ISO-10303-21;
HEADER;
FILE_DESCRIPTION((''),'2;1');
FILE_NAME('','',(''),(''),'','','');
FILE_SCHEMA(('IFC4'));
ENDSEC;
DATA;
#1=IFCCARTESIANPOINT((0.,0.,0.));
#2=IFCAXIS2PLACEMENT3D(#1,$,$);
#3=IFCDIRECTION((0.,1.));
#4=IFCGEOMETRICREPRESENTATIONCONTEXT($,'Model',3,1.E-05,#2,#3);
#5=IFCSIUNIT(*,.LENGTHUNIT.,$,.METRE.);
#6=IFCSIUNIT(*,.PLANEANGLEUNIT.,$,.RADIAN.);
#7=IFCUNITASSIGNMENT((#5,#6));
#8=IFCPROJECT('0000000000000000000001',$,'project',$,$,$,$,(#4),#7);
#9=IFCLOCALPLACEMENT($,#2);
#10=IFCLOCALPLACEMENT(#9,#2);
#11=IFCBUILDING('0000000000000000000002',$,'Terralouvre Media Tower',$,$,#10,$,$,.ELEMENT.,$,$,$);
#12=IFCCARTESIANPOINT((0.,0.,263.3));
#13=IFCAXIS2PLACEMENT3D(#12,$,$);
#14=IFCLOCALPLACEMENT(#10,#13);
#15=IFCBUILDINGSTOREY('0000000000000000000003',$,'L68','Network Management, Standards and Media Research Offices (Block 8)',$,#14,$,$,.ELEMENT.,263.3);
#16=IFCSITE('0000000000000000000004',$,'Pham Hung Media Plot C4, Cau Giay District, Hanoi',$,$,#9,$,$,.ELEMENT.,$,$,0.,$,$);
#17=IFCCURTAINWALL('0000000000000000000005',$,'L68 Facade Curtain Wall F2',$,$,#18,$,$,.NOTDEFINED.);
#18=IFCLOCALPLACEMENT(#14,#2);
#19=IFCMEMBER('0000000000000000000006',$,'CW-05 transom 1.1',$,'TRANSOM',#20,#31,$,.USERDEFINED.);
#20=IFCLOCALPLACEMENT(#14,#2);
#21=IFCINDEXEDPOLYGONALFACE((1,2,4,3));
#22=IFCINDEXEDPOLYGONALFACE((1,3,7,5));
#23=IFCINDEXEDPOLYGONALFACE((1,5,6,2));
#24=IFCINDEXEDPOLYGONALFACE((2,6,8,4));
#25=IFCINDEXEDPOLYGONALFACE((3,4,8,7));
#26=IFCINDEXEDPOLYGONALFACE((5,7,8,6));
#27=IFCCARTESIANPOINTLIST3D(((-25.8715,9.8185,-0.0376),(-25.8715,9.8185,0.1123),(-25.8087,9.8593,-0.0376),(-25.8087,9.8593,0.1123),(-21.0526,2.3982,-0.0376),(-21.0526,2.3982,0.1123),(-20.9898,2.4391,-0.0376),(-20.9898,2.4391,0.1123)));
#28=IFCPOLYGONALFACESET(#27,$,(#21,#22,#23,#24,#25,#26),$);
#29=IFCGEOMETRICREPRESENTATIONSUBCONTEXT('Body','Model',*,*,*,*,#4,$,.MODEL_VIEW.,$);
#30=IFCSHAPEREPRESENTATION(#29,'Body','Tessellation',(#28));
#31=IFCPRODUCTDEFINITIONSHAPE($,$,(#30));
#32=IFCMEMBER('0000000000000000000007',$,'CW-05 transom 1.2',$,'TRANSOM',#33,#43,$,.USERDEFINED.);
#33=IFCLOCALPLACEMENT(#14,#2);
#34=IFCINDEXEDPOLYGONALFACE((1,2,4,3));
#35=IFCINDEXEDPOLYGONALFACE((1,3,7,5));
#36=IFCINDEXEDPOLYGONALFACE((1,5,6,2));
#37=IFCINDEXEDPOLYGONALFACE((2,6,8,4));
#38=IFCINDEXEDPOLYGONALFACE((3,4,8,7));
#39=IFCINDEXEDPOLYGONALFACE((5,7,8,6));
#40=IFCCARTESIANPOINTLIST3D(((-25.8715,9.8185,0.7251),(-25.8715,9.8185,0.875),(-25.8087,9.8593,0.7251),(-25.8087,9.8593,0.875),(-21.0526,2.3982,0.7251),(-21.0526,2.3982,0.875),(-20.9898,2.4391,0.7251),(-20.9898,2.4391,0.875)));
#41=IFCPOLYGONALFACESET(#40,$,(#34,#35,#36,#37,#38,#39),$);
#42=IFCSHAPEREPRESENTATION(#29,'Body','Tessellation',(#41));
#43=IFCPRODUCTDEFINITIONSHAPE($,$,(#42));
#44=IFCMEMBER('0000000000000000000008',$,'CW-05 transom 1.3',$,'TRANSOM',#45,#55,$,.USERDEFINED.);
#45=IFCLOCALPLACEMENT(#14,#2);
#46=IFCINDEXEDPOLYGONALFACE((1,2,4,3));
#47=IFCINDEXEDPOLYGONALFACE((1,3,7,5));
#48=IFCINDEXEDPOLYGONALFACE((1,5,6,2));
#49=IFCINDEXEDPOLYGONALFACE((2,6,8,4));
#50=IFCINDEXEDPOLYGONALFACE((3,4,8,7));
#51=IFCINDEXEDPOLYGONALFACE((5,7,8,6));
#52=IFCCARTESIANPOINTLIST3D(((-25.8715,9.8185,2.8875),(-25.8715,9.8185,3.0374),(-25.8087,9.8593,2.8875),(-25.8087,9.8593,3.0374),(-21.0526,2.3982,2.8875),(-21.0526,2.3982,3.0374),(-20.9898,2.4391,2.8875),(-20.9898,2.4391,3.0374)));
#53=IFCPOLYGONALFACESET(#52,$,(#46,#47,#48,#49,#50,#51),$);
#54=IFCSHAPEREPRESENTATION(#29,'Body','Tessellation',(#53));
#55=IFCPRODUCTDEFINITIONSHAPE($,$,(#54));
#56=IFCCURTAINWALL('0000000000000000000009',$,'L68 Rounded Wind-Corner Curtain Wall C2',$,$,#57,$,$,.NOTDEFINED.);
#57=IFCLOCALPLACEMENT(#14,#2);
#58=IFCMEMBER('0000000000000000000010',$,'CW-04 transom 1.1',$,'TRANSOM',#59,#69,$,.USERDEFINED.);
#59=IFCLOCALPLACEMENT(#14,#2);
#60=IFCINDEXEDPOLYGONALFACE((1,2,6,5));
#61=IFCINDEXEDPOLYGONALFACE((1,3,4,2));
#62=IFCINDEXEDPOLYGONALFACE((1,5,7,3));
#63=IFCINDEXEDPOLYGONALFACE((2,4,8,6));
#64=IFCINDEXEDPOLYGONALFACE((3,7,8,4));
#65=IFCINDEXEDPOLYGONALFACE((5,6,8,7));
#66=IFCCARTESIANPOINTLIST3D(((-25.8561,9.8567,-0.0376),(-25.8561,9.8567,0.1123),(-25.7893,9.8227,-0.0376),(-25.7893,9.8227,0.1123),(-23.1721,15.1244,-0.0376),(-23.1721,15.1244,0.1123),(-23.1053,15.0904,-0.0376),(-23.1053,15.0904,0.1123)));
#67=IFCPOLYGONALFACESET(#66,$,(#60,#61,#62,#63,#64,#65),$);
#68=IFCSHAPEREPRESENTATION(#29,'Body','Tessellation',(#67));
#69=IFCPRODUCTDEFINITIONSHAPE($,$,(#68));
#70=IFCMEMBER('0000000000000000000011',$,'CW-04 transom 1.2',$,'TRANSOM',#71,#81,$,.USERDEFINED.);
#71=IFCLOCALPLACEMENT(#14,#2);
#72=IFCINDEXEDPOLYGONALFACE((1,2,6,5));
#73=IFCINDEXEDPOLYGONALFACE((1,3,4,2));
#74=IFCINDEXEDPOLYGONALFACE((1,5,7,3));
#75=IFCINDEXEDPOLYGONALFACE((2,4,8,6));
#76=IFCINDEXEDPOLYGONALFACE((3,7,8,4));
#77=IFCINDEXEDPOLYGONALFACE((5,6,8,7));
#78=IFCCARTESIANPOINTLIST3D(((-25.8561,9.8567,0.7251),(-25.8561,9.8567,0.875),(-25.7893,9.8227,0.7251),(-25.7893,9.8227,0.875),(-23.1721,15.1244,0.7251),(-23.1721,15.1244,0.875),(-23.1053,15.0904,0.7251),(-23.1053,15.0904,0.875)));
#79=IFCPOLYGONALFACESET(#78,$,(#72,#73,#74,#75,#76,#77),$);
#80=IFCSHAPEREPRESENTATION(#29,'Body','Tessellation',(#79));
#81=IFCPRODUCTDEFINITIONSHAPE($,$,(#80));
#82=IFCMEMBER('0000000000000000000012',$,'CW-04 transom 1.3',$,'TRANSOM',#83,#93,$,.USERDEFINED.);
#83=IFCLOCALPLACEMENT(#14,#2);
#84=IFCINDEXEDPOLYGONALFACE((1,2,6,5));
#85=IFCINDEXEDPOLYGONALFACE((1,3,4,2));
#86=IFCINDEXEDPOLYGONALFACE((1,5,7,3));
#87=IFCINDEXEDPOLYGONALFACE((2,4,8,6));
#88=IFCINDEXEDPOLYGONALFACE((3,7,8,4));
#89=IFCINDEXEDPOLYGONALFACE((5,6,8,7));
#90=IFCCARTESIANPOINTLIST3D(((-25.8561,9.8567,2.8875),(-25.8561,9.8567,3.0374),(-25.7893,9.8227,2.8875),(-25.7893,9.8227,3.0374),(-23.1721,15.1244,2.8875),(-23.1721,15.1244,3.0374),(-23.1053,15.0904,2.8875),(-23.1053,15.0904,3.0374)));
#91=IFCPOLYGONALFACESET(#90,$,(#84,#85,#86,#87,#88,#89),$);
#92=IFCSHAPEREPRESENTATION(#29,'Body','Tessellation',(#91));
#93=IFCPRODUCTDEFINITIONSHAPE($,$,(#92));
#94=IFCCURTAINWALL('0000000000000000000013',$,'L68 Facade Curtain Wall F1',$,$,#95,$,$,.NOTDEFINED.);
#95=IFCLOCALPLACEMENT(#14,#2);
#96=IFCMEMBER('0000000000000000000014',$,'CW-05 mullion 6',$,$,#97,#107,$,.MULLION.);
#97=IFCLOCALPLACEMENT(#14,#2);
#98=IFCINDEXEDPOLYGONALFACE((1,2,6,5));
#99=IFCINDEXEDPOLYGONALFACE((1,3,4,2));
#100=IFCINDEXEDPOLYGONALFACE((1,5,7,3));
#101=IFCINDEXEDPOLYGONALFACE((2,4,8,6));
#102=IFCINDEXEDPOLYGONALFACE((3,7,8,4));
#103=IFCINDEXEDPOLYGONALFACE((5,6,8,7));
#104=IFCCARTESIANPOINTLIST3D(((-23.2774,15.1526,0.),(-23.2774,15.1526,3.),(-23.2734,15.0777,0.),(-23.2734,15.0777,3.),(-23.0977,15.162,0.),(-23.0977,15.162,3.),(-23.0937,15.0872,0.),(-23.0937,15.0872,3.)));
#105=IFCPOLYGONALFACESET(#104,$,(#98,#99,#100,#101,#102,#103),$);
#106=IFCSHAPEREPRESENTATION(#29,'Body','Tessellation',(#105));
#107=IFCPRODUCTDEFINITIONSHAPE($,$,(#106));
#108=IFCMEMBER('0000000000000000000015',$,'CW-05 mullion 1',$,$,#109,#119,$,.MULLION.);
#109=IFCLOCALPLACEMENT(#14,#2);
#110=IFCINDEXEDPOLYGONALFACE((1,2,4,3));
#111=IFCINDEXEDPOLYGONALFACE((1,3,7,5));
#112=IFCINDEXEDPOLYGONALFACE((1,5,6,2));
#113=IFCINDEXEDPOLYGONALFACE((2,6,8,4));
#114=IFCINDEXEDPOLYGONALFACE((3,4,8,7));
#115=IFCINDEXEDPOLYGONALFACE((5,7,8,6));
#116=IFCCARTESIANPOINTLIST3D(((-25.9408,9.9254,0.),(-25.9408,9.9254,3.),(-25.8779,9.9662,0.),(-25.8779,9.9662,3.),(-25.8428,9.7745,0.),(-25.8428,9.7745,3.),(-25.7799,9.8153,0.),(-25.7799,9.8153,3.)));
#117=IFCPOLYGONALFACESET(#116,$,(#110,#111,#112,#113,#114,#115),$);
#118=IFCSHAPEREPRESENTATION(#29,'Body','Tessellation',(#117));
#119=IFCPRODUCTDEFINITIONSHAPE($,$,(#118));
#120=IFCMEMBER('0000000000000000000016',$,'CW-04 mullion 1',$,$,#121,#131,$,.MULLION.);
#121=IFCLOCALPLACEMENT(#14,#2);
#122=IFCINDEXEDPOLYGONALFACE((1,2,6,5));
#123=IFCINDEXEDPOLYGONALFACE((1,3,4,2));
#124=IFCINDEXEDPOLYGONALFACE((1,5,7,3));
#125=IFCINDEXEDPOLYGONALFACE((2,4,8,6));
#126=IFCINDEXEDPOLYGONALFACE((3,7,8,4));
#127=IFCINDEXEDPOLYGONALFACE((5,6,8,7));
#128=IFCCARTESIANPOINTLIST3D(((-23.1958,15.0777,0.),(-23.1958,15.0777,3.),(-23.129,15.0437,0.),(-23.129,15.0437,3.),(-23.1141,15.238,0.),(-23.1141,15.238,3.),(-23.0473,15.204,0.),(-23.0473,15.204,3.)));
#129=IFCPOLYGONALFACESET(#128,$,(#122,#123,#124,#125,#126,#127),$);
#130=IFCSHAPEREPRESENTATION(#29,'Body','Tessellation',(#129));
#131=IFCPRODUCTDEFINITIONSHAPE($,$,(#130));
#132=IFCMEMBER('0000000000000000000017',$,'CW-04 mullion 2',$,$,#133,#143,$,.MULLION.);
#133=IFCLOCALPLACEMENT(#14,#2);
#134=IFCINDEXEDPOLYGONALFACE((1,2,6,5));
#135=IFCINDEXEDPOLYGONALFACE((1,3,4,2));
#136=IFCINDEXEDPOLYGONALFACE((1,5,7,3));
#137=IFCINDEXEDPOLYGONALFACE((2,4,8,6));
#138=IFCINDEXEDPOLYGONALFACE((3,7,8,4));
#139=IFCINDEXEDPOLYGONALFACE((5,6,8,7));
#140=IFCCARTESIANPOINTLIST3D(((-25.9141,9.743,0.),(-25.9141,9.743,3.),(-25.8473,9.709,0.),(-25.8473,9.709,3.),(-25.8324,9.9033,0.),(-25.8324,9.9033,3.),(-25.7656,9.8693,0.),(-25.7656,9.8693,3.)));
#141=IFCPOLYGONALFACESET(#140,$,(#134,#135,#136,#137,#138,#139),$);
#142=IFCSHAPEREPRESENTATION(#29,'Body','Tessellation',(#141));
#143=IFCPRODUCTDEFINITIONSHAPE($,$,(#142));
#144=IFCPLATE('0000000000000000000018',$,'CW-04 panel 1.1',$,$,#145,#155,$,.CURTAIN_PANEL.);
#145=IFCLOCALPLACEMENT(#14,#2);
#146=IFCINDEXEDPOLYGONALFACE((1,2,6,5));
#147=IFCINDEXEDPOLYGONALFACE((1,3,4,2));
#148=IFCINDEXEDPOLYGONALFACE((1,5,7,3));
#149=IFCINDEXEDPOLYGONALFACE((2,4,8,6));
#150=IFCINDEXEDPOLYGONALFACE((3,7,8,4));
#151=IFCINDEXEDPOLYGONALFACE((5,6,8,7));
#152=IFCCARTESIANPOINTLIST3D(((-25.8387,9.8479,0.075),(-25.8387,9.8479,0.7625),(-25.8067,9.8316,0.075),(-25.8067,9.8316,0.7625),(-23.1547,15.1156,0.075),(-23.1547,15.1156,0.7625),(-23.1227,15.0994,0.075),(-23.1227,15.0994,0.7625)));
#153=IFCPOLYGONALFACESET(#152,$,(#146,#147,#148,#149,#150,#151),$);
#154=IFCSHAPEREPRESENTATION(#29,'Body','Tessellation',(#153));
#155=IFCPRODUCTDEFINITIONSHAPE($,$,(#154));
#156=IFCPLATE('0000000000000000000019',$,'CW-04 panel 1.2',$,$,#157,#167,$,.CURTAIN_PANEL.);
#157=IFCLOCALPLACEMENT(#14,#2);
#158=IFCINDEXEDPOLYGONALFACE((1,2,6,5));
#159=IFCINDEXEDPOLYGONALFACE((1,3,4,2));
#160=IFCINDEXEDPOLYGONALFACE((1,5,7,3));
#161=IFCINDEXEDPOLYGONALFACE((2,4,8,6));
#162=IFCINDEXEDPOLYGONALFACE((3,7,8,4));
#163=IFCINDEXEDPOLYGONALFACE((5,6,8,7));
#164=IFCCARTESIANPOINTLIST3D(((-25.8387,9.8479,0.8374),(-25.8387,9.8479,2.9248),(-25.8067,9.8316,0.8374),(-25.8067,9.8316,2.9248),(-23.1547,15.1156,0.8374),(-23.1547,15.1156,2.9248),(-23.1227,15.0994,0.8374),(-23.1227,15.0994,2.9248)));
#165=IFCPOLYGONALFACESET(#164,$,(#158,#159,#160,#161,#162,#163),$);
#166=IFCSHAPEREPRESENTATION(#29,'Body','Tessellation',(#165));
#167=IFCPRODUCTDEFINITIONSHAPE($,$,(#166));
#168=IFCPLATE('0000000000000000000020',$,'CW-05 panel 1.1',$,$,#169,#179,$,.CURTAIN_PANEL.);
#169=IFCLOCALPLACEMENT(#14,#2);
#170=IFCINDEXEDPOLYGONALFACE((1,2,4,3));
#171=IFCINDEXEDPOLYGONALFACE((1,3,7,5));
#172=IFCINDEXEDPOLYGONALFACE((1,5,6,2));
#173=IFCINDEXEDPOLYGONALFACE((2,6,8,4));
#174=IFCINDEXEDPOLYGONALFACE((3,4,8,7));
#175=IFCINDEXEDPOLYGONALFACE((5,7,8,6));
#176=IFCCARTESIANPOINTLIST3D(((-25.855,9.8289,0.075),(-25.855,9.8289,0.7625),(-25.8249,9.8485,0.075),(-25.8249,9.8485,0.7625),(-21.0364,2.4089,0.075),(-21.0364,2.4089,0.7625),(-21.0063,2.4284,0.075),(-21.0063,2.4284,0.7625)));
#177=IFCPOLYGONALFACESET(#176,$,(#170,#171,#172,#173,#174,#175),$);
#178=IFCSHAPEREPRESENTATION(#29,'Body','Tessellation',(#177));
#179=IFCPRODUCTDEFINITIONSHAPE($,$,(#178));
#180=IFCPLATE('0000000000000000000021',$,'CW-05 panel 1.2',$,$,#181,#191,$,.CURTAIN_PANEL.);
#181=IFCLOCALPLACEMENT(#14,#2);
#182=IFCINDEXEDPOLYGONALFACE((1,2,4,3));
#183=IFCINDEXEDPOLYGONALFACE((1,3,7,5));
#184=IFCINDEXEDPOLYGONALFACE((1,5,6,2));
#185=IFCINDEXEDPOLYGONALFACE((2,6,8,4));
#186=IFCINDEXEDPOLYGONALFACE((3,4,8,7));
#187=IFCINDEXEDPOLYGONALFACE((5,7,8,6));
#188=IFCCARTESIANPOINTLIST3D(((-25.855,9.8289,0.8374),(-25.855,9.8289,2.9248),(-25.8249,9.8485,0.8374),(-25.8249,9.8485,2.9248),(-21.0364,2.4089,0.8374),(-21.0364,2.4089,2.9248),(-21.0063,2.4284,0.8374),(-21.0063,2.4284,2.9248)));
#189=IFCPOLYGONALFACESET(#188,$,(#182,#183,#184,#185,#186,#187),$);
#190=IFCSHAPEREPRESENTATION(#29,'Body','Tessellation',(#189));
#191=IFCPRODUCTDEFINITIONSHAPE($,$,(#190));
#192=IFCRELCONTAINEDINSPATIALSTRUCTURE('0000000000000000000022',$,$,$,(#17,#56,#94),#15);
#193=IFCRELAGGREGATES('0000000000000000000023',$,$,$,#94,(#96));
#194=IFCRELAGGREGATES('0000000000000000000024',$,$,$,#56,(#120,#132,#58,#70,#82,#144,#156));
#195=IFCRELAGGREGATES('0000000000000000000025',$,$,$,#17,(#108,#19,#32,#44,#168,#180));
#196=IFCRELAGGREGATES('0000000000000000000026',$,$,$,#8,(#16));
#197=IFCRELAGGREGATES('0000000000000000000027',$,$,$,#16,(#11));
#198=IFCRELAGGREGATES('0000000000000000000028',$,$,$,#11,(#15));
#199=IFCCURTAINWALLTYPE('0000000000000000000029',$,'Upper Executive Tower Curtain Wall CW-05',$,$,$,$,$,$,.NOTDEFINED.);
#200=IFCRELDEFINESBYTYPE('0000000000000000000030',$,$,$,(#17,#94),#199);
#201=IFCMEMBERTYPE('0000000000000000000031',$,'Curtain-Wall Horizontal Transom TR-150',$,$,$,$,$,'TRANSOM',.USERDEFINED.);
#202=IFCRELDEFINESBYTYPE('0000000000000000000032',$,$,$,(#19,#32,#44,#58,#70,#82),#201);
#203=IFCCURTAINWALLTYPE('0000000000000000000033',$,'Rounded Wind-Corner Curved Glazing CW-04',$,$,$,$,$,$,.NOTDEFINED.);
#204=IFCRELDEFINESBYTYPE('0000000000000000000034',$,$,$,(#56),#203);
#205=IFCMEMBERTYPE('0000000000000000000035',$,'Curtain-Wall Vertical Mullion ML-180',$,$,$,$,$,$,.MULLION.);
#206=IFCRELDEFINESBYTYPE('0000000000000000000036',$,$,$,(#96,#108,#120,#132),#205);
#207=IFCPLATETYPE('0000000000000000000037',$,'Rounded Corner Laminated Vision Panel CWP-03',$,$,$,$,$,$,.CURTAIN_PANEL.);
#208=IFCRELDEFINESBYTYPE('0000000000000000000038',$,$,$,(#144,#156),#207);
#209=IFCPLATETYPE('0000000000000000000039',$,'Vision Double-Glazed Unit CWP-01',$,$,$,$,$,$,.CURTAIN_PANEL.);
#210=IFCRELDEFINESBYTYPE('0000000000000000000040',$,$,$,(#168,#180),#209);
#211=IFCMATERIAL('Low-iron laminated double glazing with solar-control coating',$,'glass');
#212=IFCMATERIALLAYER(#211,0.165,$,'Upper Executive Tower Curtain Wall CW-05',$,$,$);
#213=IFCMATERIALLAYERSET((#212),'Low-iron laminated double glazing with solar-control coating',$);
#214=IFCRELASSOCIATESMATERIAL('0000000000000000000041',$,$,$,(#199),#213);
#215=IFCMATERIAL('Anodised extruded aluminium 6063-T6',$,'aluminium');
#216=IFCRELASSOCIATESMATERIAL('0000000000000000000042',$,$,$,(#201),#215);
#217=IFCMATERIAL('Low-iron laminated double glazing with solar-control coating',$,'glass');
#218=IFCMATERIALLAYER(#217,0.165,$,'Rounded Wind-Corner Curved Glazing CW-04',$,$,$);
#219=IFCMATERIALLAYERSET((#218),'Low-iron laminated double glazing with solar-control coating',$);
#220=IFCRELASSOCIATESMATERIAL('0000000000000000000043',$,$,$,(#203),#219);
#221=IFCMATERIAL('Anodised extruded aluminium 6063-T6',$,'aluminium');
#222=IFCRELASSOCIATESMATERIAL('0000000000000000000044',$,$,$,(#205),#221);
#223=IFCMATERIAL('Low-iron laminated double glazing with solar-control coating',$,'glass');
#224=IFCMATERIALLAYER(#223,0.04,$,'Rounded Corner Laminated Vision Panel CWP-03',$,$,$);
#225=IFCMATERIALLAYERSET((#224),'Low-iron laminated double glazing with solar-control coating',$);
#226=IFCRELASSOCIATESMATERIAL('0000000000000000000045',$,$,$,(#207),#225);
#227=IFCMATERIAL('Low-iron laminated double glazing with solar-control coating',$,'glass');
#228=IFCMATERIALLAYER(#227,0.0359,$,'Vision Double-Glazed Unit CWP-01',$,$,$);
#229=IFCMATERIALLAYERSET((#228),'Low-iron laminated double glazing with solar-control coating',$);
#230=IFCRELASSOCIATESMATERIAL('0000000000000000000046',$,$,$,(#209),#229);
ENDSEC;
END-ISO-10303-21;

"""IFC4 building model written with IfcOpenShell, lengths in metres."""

from ifc_helpers import new_model, si_unit, direction, frame, origin, origin_2d, place, context, subcontext, project, spatial, rectangle, extrude, material, layer, layer_set, material_profile, profile_set, type_object, element, aggregate, save


model = new_model("IFC4")

# Units and contexts
model_context = context("Model", 3, precision=1e-05, world=origin(), true_north=direction((0.0, 1.0)))
body_context = subcontext(model_context, "Body", "Model", "MODEL_VIEW")
ifc_project = project(units=[si_unit("LENGTHUNIT", "METRE"), si_unit("PLANEANGLEUNIT", "RADIAN")], contexts=[model_context])

# Site, building, storey
site_placement = place(None, origin())
site = spatial("IfcSite", under=ifc_project, at=site_placement, Name="Pham Hung Media Plot C4, Cau Giay District, Hanoi", CompositionType="ELEMENT", RefElevation=0.0)
building_placement = place(site_placement, origin())
building = spatial("IfcBuilding", under=site, at=building_placement, Name="Terralouvre Media Tower", CompositionType="ELEMENT")
storey_placement = place(building_placement, frame((0.0, 0.0, 263.3)))
storey = spatial("IfcBuildingStorey", under=building, at=storey_placement, Name="L68", Description="Network Management, Standards and Media Research Offices (Block 8)", CompositionType="ELEMENT", Elevation=263.3)

# Curtain walls, members
ifc_material_1 = material(Name="Low-iron laminated double glazing with solar-control coating", Category="glass")
ifc_layer_1 = layer(ifc_material_1, 0.165, Name="Upper Executive Tower Curtain Wall CW-05")
ifc_layer_set_1 = layer_set([ifc_layer_1], Name="Low-iron laminated double glazing with solar-control coating")
curtain_wall_type_1 = type_object("IfcCurtainWallType", Name="Upper Executive Tower Curtain Wall CW-05", PredefinedType="NOTDEFINED", material=ifc_layer_set_1)
curtain_wall_1_placement = place(storey_placement, origin())
curtain_wall_1 = element("IfcCurtainWall", 1, at=curtain_wall_1_placement, inside=storey, type_object=curtain_wall_type_1, Name="L68 Facade Curtain Wall F2", PredefinedType="NOTDEFINED")
ifc_material_2 = material(Name="Anodised extruded aluminium 6063-T6", Category="aluminium")
ifc_material_profile_1 = material_profile(ifc_material_2, rectangle(XDim=0.075, YDim=0.1499, at=origin_2d()), Name="ALU 75x150")
ifc_profile_set_1 = profile_set([ifc_material_profile_1], Name="Anodised extruded aluminium 6063-T6")
member_type_1 = type_object("IfcMemberType", Name="Curtain-Wall Horizontal Transom TR-150", ElementType="TRANSOM", PredefinedType="USERDEFINED", material=ifc_profile_set_1)
member_1_placement = place(storey_placement, frame((-25.8401, 9.8389, 0.0374), z_axis=(0.54465, -0.838664, 0.0), x_axis=(0.838664, 0.54465, 0.0)))
member_1 = element("IfcMember", 2, at=member_1_placement, type_object=member_type_1, Name="CW-05 transom 1.1", ObjectType="TRANSOM", PredefinedType="USERDEFINED", context=body_context, shape_type="SweptSolid", body=[
    extrude(rectangle(XDim=0.075, YDim=0.1499, at=origin_2d()), origin(), (0.0, 0.0, 1.0), 8.8477),
])
member_2_placement = place(storey_placement, frame((-25.8401, 9.8389, 0.8), z_axis=(0.54465, -0.838664, 0.0), x_axis=(0.838664, 0.54465, 0.0)))
member_2 = element("IfcMember", 3, at=member_2_placement, type_object=member_type_1, Name="CW-05 transom 1.2", ObjectType="TRANSOM", PredefinedType="USERDEFINED", context=body_context, shape_type="SweptSolid", body=[
    extrude(rectangle(XDim=0.075, YDim=0.1499, at=origin_2d()), origin(), (0.0, 0.0, 1.0), 8.8477),
])
member_3_placement = place(storey_placement, frame((-25.8401, 9.8389, 2.9624), z_axis=(0.54465, -0.838664, 0.0), x_axis=(0.838664, 0.54465, 0.0)))
member_3 = element("IfcMember", 4, at=member_3_placement, type_object=member_type_1, Name="CW-05 transom 1.3", ObjectType="TRANSOM", PredefinedType="USERDEFINED", context=body_context, shape_type="SweptSolid", body=[
    extrude(rectangle(XDim=0.075, YDim=0.1499, at=origin_2d()), origin(), (0.0, 0.0, 1.0), 8.8477),
])
ifc_material_3 = material(Name="Low-iron laminated double glazing with solar-control coating", Category="glass")
ifc_layer_2 = layer(ifc_material_3, 0.165, Name="Rounded Wind-Corner Curved Glazing CW-04")
ifc_layer_set_2 = layer_set([ifc_layer_2], Name="Low-iron laminated double glazing with solar-control coating")
curtain_wall_type_2 = type_object("IfcCurtainWallType", Name="Rounded Wind-Corner Curved Glazing CW-04", PredefinedType="NOTDEFINED", material=ifc_layer_set_2)
curtain_wall_2_placement = place(storey_placement, origin())
curtain_wall_2 = element("IfcCurtainWall", 5, at=curtain_wall_2_placement, inside=storey, type_object=curtain_wall_type_2, Name="L68 Rounded Wind-Corner Curtain Wall C2", PredefinedType="NOTDEFINED")
member_4_placement = place(storey_placement, frame((-23.1387, 15.1074, 0.0374), z_axis=(-0.453989, -0.891007, 0.0), x_axis=(0.891007, -0.453989, 0.0)))
member_4 = element("IfcMember", 6, at=member_4_placement, type_object=member_type_1, Name="CW-04 transom 1.1", ObjectType="TRANSOM", PredefinedType="USERDEFINED", context=body_context, shape_type="SweptSolid", body=[
    extrude(rectangle(XDim=0.075, YDim=0.1499, at=origin_2d()), origin(), (0.0, 0.0, 1.0), 5.9121),
])
member_5_placement = place(storey_placement, frame((-23.1387, 15.1074, 0.8), z_axis=(-0.453989, -0.891007, 0.0), x_axis=(0.891007, -0.453989, 0.0)))
member_5 = element("IfcMember", 7, at=member_5_placement, type_object=member_type_1, Name="CW-04 transom 1.2", ObjectType="TRANSOM", PredefinedType="USERDEFINED", context=body_context, shape_type="SweptSolid", body=[
    extrude(rectangle(XDim=0.075, YDim=0.1499, at=origin_2d()), origin(), (0.0, 0.0, 1.0), 5.9121),
])
member_6_placement = place(storey_placement, frame((-23.1387, 15.1074, 2.9624), z_axis=(-0.453989, -0.891007, 0.0), x_axis=(0.891007, -0.453989, 0.0)))
member_6 = element("IfcMember", 8, at=member_6_placement, type_object=member_type_1, Name="CW-04 transom 1.3", ObjectType="TRANSOM", PredefinedType="USERDEFINED", context=body_context, shape_type="SweptSolid", body=[
    extrude(rectangle(XDim=0.075, YDim=0.1499, at=origin_2d()), origin(), (0.0, 0.0, 1.0), 5.9121),
])

# Curtain wall, member
curtain_wall_3_placement = place(storey_placement, origin())
curtain_wall_3 = element("IfcCurtainWall", 9, at=curtain_wall_3_placement, inside=storey, type_object=curtain_wall_type_1, Name="L68 Facade Curtain Wall F1", PredefinedType="NOTDEFINED")
ifc_material_4 = material(Name="Anodised extruded aluminium 6063-T6", Category="aluminium")
ifc_material_profile_2 = material_profile(ifc_material_4, rectangle(XDim=0.075, YDim=0.1799, at=origin_2d()), Name="ALU 75x180")
ifc_profile_set_2 = profile_set([ifc_material_profile_2], Name="Anodised extruded aluminium 6063-T6")
member_type_2 = type_object("IfcMemberType", Name="Curtain-Wall Vertical Mullion ML-180", PredefinedType="MULLION", material=ifc_profile_set_2)
member_7_placement = place(storey_placement, frame((-23.1855, 15.1199, 0.0), z_axis=(0.0, 0.0, 1.0), x_axis=(0.052336, -0.99863, 0.0)))
member_7 = element("IfcMember", 10, at=member_7_placement, type_object=member_type_2, Name="CW-05 mullion 6", PredefinedType="MULLION", context=body_context, shape_type="SweptSolid", body=[
    extrude(rectangle(XDim=0.075, YDim=0.1799, at=origin_2d()), origin(), (0.0, 0.0, 1.0), 3.0),
])
aggregate(curtain_wall_3, [member_7])

# Members
member_8_placement = place(storey_placement, frame((-25.8604, 9.8704, 0.0), z_axis=(0.0, 0.0, 1.0), x_axis=(0.838671, 0.544639, 0.0)))
member_8 = element("IfcMember", 11, at=member_8_placement, type_object=member_type_2, Name="CW-05 mullion 1", PredefinedType="MULLION", context=body_context, shape_type="SweptSolid", body=[
    extrude(rectangle(XDim=0.075, YDim=0.1799, at=origin_2d()), origin(), (0.0, 0.0, 1.0), 3.0),
])
member_9_placement = place(storey_placement, frame((-23.1216, 15.1409, 0.0), z_axis=(0.0, 0.0, 1.0), x_axis=(0.891007, -0.45399, 0.0)))
member_9 = element("IfcMember", 12, at=member_9_placement, type_object=member_type_2, Name="CW-04 mullion 1", PredefinedType="MULLION", context=body_context, shape_type="SweptSolid", body=[
    extrude(rectangle(XDim=0.075, YDim=0.1799, at=origin_2d()), origin(), (0.0, 0.0, 1.0), 3.0),
])
member_10_placement = place(storey_placement, frame((-25.8398, 9.8062, 0.0), z_axis=(0.0, 0.0, 1.0), x_axis=(0.891007, -0.45399, 0.0)))
member_10 = element("IfcMember", 13, at=member_10_placement, type_object=member_type_2, Name="CW-04 mullion 2", PredefinedType="MULLION", context=body_context, shape_type="SweptSolid", body=[
    extrude(rectangle(XDim=0.075, YDim=0.1799, at=origin_2d()), origin(), (0.0, 0.0, 1.0), 3.0),
])

# Plates
ifc_material_5 = material(Name="Low-iron laminated double glazing with solar-control coating", Category="glass")
ifc_layer_3 = layer(ifc_material_5, 0.04, Name="Rounded Corner Laminated Vision Panel CWP-03")
ifc_layer_set_3 = layer_set([ifc_layer_3], Name="Low-iron laminated double glazing with solar-control coating")
plate_type_1 = type_object("IfcPlateType", Name="Rounded Corner Laminated Vision Panel CWP-03", PredefinedType="CURTAIN_PANEL", material=ifc_layer_set_3)
plate_1_placement = place(storey_placement, frame((-24.4807, 12.4736, 0.075), z_axis=(0.0, 0.0, 1.0), x_axis=(-0.45399, -0.891007, 0.0)))
plate_1 = element("IfcPlate", 14, at=plate_1_placement, type_object=plate_type_1, Name="CW-04 panel 1.1", PredefinedType="CURTAIN_PANEL", context=body_context, shape_type="SweptSolid", body=[
    extrude(rectangle(XDim=5.9121, YDim=0.0359, at=origin_2d()), origin(), (0.0, 0.0, 1.0), 0.6875),
])
plate_2_placement = place(storey_placement, frame((-24.4807, 12.4736, 0.8374), z_axis=(0.0, 0.0, 1.0), x_axis=(-0.45399, -0.891007, 0.0)))
plate_2 = element("IfcPlate", 15, at=plate_2_placement, type_object=plate_type_1, Name="CW-04 panel 1.2", PredefinedType="CURTAIN_PANEL", context=body_context, shape_type="SweptSolid", body=[
    extrude(rectangle(XDim=5.9121, YDim=0.0359, at=origin_2d()), origin(), (0.0, 0.0, 1.0), 2.0874),
])
aggregate(curtain_wall_2, [member_9, member_10, member_4, member_5, member_6, plate_1, plate_2])
ifc_material_6 = material(Name="Low-iron laminated double glazing with solar-control coating", Category="glass")
ifc_layer_4 = layer(ifc_material_6, 0.0359, Name="Vision Double-Glazed Unit CWP-01")
ifc_layer_set_4 = layer_set([ifc_layer_4], Name="Low-iron laminated double glazing with solar-control coating")
plate_type_2 = type_object("IfcPlateType", Name="Vision Double-Glazed Unit CWP-01", PredefinedType="CURTAIN_PANEL", material=ifc_layer_set_4)
plate_3_placement = place(storey_placement, frame((-23.4307, 6.1287, 0.075), z_axis=(0.0, 0.0, 1.0), x_axis=(0.544639, -0.838671, 0.0)))
plate_3 = element("IfcPlate", 16, at=plate_3_placement, type_object=plate_type_2, Name="CW-05 panel 1.1", PredefinedType="CURTAIN_PANEL", context=body_context, shape_type="SweptSolid", body=[
    extrude(rectangle(XDim=8.8474, YDim=0.0359, at=origin_2d()), origin(), (0.0, 0.0, 1.0), 0.6875),
])
plate_4_placement = place(storey_placement, frame((-23.4307, 6.1287, 0.8374), z_axis=(0.0, 0.0, 1.0), x_axis=(0.544639, -0.838671, 0.0)))
plate_4 = element("IfcPlate", 17, at=plate_4_placement, type_object=plate_type_2, Name="CW-05 panel 1.2", PredefinedType="CURTAIN_PANEL", context=body_context, shape_type="SweptSolid", body=[
    extrude(rectangle(XDim=8.8474, YDim=0.0359, at=origin_2d()), origin(), (0.0, 0.0, 1.0), 2.0874),
])
aggregate(curtain_wall_1, [member_8, member_1, member_2, member_3, plate_3, plate_4])

save(model, "model.ifc")
